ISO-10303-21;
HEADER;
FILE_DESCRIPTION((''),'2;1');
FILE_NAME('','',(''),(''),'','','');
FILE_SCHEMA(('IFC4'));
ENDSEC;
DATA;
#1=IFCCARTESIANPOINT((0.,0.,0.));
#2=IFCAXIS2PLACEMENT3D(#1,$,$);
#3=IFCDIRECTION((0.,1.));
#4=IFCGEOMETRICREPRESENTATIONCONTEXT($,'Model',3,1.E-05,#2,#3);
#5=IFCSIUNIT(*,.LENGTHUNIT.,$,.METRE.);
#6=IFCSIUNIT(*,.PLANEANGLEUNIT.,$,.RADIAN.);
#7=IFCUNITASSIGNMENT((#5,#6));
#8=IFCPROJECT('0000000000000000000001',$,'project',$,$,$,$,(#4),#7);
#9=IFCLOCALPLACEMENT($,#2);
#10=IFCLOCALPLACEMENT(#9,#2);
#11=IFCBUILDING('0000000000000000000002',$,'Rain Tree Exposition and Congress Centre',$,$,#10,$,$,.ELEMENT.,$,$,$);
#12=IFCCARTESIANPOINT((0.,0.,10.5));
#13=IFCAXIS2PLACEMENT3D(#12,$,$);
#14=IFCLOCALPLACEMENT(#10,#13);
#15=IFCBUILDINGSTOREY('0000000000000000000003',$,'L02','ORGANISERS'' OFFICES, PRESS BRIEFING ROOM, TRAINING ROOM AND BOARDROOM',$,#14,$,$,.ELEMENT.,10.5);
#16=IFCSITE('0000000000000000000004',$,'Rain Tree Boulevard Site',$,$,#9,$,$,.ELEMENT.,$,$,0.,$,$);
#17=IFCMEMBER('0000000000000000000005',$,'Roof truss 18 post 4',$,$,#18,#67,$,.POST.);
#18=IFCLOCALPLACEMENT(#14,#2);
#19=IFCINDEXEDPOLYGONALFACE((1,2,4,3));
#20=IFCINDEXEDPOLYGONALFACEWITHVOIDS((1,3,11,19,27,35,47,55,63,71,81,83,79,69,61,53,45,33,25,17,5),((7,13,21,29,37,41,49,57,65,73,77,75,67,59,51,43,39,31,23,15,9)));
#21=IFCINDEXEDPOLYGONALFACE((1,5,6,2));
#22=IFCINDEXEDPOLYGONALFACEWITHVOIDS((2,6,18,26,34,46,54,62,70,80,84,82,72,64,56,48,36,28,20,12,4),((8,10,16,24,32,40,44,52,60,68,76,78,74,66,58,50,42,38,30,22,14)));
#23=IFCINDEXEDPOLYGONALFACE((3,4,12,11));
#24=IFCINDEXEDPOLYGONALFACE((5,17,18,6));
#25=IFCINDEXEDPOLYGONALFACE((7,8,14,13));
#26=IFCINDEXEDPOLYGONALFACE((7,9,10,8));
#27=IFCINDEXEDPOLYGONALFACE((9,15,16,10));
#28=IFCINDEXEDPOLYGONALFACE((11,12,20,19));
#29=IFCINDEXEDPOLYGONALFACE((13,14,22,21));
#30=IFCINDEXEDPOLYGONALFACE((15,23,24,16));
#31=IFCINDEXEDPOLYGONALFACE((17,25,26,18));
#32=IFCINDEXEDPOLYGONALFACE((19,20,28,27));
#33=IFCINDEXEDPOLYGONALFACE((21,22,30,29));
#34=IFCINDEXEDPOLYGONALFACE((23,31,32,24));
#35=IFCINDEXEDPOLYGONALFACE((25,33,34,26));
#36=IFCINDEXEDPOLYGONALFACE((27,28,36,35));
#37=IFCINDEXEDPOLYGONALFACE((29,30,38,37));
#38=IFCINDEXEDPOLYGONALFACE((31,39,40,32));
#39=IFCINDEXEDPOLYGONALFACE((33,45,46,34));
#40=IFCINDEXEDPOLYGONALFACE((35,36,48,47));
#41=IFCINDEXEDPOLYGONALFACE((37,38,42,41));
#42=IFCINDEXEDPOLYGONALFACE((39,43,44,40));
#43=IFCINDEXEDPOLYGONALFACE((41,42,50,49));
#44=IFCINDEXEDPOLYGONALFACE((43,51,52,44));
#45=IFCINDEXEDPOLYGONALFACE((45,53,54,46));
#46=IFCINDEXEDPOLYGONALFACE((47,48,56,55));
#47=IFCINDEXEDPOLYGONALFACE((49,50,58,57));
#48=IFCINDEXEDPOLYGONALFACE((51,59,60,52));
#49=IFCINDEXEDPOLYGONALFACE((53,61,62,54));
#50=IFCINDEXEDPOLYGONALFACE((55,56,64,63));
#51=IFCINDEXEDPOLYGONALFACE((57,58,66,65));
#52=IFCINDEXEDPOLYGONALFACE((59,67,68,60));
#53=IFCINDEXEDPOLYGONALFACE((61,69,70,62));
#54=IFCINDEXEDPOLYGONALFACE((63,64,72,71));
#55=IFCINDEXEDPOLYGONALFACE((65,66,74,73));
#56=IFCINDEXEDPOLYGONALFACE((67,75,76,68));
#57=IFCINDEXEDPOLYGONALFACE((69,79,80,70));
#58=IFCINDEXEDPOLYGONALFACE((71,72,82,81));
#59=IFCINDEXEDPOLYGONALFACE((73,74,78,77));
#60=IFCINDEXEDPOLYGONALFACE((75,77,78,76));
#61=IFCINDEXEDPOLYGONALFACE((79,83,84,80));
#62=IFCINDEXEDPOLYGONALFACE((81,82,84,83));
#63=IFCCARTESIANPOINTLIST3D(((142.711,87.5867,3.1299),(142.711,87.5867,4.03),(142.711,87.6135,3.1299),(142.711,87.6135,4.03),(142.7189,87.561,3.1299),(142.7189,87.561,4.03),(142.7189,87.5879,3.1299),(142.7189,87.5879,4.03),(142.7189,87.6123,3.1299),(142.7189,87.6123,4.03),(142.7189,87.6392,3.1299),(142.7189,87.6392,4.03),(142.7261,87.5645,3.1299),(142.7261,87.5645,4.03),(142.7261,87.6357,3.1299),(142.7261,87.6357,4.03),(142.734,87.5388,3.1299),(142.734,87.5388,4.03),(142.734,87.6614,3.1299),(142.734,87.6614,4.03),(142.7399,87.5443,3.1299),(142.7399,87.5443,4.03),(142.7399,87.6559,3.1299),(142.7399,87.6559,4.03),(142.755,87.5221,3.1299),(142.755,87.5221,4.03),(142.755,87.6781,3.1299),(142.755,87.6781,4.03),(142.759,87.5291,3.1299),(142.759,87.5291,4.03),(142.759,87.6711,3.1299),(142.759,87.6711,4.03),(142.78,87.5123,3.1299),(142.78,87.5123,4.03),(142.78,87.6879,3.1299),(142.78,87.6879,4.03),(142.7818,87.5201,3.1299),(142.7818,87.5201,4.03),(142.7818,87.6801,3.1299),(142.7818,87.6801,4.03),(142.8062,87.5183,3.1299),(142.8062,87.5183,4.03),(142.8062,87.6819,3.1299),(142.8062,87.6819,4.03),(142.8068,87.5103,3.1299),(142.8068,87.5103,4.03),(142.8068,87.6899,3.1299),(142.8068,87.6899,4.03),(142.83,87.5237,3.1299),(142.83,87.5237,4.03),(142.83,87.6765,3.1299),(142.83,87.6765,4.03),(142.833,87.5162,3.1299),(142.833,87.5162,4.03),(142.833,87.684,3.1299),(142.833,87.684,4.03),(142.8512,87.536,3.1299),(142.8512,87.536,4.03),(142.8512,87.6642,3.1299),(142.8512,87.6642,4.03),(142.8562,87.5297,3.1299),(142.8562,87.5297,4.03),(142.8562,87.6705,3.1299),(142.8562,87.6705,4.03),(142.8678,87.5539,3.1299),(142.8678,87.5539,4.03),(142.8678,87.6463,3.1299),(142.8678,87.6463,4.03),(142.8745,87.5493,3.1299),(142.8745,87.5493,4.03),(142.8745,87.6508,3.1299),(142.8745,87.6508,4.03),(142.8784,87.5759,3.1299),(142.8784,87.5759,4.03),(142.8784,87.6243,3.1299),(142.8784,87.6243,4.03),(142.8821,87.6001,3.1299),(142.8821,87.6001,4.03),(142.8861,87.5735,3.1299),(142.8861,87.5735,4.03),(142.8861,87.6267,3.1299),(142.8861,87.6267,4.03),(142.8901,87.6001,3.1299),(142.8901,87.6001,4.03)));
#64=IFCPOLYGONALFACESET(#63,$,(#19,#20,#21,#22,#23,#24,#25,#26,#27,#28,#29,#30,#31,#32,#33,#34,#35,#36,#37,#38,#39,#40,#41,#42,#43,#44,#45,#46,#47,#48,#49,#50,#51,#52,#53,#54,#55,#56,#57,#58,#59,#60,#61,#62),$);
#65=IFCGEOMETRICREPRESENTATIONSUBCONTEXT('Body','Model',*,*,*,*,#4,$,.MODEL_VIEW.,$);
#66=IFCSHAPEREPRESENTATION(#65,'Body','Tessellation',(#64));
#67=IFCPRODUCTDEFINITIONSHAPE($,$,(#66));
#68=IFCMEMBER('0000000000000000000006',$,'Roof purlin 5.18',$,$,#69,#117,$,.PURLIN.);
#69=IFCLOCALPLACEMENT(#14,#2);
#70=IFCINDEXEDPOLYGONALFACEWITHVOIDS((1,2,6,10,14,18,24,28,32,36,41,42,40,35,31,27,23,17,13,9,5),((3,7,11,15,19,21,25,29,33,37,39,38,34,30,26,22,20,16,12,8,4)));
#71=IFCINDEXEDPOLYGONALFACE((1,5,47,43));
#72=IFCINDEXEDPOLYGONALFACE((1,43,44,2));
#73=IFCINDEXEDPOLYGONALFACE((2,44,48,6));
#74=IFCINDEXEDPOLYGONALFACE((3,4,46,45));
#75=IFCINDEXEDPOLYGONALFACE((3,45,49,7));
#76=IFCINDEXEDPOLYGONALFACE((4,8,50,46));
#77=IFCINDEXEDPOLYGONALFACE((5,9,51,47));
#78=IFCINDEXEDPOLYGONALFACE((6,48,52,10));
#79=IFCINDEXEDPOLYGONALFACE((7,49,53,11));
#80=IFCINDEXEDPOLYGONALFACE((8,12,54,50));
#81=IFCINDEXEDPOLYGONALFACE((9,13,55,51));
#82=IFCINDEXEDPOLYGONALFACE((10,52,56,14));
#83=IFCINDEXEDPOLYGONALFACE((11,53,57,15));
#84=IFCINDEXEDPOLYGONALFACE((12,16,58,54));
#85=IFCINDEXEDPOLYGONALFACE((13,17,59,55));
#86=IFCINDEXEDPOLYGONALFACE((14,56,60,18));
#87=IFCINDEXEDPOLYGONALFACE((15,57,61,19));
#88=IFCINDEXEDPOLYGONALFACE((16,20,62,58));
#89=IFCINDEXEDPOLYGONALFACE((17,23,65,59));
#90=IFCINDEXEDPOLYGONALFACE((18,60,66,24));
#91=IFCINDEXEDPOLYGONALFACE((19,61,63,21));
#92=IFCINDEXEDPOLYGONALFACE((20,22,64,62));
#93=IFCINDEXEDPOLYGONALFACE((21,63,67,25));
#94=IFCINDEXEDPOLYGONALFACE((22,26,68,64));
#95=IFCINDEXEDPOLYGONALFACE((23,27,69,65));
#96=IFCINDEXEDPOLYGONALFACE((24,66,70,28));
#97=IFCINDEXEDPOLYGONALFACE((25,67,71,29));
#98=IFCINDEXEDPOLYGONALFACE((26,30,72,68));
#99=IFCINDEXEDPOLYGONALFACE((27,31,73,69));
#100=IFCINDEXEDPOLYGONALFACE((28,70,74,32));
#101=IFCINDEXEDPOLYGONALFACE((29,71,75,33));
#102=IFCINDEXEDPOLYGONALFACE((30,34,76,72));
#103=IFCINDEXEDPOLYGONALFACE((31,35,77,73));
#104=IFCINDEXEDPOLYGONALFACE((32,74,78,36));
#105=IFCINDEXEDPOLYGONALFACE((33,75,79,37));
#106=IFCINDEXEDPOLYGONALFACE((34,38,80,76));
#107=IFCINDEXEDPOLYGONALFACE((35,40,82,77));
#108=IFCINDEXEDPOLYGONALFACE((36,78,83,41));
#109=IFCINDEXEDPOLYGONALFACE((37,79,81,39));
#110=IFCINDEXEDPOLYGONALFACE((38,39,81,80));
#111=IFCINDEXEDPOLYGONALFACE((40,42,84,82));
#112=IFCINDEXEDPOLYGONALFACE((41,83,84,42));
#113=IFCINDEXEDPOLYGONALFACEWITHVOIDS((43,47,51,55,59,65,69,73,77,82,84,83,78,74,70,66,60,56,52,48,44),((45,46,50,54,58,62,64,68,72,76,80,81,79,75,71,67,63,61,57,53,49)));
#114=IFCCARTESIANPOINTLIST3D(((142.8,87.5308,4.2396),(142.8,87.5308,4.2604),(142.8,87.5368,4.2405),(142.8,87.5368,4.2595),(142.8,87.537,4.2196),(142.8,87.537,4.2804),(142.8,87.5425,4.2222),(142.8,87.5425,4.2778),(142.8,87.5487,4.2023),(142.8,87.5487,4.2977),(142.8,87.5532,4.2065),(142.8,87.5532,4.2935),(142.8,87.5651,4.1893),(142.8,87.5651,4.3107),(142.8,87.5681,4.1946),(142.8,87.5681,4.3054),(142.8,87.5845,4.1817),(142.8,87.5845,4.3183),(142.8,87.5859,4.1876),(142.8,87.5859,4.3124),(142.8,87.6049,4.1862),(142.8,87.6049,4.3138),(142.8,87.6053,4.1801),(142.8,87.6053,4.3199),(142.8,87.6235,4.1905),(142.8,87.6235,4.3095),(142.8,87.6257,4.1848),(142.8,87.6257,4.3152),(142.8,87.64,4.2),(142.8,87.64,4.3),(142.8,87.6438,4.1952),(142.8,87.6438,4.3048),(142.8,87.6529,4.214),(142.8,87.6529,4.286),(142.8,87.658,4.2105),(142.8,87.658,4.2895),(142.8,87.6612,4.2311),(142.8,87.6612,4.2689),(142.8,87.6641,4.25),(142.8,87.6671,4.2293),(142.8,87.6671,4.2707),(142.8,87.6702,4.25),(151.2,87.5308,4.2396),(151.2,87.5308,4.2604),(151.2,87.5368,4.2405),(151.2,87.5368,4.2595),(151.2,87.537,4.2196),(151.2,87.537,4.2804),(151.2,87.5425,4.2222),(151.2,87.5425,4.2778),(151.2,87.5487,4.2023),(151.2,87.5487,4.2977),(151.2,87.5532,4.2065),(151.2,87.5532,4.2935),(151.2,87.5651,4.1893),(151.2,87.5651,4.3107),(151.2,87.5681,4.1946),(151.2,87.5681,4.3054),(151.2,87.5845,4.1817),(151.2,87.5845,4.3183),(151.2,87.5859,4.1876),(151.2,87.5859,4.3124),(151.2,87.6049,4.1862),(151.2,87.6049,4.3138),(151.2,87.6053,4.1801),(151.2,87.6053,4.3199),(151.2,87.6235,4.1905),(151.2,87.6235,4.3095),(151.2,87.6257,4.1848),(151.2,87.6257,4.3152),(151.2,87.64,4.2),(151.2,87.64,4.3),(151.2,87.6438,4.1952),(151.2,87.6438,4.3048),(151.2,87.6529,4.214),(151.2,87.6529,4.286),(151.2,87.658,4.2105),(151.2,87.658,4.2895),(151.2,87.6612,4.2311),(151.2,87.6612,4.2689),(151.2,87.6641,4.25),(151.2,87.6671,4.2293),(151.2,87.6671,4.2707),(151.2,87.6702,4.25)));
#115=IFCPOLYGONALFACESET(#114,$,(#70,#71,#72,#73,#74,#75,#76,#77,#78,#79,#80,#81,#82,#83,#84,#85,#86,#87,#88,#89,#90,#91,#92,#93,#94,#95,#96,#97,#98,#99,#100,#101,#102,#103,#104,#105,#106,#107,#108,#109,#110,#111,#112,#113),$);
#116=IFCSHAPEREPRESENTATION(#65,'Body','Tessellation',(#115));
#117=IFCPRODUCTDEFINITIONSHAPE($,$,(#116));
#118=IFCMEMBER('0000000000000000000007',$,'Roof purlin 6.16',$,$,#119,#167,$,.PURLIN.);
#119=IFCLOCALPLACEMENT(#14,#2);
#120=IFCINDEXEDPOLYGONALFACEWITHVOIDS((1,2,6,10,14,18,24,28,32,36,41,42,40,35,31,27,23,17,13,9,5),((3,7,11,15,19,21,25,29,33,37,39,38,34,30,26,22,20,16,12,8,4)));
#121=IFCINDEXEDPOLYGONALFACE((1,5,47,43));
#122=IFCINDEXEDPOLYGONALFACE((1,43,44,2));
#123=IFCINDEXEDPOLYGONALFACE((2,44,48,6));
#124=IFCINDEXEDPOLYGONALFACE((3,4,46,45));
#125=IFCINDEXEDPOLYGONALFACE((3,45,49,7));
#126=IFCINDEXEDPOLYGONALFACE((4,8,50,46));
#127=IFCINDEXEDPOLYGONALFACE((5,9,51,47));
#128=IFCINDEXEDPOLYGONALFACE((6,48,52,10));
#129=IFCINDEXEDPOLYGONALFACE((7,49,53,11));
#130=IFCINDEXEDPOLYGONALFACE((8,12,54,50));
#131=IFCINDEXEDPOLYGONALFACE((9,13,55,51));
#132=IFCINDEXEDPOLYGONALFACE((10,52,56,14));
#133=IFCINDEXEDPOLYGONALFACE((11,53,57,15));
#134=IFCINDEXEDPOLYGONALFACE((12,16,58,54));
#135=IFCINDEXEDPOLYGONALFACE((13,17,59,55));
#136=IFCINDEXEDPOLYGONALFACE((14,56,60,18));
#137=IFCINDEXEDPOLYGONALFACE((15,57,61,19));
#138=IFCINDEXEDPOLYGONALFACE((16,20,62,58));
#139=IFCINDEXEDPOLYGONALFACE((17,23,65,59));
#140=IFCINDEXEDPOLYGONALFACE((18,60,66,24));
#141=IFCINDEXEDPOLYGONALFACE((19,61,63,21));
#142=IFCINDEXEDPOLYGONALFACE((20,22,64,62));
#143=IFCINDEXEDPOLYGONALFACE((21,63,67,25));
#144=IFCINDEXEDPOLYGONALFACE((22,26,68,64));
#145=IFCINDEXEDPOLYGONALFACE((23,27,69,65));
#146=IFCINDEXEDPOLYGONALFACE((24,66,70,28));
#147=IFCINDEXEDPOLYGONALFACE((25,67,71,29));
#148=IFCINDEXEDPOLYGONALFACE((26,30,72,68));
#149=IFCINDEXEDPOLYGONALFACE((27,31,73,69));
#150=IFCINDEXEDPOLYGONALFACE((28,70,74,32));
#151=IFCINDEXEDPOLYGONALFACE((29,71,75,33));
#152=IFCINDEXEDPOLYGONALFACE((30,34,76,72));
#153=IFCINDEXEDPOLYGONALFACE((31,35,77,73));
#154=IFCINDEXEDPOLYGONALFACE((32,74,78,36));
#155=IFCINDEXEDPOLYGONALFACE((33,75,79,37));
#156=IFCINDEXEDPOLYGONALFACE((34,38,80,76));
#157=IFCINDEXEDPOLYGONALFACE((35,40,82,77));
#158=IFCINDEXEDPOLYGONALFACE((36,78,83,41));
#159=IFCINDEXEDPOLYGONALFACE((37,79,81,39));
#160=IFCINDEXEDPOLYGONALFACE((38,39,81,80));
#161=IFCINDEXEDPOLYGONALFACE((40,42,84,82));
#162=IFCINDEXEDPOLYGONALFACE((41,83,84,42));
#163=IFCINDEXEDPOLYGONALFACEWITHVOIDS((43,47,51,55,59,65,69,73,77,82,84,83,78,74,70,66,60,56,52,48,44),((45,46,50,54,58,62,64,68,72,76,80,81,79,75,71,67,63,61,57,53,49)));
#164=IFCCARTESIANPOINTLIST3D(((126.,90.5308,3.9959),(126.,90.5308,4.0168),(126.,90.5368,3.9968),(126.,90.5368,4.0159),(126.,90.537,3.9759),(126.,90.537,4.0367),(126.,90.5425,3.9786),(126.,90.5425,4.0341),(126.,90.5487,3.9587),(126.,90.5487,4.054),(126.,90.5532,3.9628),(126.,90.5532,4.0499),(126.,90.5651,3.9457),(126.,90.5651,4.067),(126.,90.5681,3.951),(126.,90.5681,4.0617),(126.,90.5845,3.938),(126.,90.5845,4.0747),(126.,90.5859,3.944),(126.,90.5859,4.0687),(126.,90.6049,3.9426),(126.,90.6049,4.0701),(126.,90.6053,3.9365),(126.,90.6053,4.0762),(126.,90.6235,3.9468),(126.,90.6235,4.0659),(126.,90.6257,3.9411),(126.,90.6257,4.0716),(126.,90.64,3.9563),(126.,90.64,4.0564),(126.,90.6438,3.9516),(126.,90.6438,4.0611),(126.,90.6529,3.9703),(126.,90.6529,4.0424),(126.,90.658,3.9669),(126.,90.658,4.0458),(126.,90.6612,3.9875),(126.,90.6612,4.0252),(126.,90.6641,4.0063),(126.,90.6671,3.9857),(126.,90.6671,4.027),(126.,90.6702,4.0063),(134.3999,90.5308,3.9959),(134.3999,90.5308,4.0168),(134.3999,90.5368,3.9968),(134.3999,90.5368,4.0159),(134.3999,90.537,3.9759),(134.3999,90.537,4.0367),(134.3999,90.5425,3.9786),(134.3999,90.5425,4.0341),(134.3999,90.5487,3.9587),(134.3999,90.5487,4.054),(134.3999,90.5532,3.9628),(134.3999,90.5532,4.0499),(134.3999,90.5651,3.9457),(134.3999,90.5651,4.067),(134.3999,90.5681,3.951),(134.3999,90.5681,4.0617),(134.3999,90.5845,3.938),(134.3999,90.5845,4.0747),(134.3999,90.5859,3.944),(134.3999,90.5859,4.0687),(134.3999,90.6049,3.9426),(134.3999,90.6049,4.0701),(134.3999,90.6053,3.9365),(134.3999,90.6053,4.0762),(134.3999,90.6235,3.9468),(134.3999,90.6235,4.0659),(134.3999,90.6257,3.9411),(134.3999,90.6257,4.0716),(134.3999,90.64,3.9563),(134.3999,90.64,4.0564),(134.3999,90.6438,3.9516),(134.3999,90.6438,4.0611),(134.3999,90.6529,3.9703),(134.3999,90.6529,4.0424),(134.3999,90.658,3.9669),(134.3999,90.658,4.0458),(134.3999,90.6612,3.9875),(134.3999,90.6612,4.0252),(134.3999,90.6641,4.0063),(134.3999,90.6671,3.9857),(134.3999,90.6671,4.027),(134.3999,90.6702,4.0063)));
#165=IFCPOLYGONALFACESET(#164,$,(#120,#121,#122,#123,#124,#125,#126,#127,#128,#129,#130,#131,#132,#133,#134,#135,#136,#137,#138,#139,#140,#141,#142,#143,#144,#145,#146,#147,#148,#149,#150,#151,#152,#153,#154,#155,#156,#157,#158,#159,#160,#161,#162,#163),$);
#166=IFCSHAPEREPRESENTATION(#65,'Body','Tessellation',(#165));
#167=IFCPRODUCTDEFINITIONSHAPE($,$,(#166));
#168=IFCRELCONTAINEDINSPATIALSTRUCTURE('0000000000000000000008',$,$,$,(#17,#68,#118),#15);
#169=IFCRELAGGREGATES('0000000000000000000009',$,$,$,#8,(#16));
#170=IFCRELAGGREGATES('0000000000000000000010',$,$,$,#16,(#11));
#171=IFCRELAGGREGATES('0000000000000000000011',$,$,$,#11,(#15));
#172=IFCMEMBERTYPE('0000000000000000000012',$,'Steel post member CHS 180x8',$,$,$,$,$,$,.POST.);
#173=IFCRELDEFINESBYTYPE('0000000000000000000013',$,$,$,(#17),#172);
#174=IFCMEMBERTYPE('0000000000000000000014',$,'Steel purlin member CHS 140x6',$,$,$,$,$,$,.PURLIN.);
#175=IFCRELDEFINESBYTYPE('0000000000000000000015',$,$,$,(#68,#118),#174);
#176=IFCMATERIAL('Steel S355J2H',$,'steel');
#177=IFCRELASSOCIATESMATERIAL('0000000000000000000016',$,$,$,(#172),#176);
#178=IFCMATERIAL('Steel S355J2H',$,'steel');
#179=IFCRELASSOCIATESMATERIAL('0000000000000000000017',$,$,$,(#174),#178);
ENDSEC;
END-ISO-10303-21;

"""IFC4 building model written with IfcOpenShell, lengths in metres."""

from ifc_helpers import new_model, si_unit, direction, frame, origin, origin_2d, place, context, subcontext, project, spatial, hollow_circle, extrude, material, material_profile, profile_set, type_object, element, save


model = new_model("IFC4")

# Units and contexts
model_context = context("Model", 3, precision=1e-05, world=origin(), true_north=direction((0.0, 1.0)))
body_context = subcontext(model_context, "Body", "Model", "MODEL_VIEW")
ifc_project = project(units=[si_unit("LENGTHUNIT", "METRE"), si_unit("PLANEANGLEUNIT", "RADIAN")], contexts=[model_context])

# Site, building, storey
site_placement = place(None, origin())
site = spatial("IfcSite", under=ifc_project, at=site_placement, Name="Rain Tree Boulevard Site", CompositionType="ELEMENT", RefElevation=0.0)
building_placement = place(site_placement, origin())
building = spatial("IfcBuilding", under=site, at=building_placement, Name="Rain Tree Exposition and Congress Centre", CompositionType="ELEMENT")
storey_placement = place(building_placement, frame((0.0, 0.0, 10.5)))
storey = spatial("IfcBuildingStorey", under=building, at=storey_placement, Name="L02", Description="ORGANISERS' OFFICES, PRESS BRIEFING ROOM, TRAINING ROOM AND BOARDROOM", CompositionType="ELEMENT", Elevation=10.5)

# Members
ifc_material_1 = material(Name="Steel S355J2H", Category="steel")
ifc_material_profile_1 = material_profile(ifc_material_1, hollow_circle(Radius=0.0901, WallThickness=0.0081, at=origin_2d()), Name="CHS 180x8")
ifc_profile_set_1 = profile_set([ifc_material_profile_1], Name="Steel S355J2H")
member_type_1 = type_object("IfcMemberType", Name="Steel post member CHS 180x8", PredefinedType="POST", material=ifc_profile_set_1)
member_1_placement = place(storey_placement, frame((142.8, 87.6001, 3.1299), z_axis=(0.0, 0.0, 1.0), x_axis=(1.0, 0.0, 0.0)))
element("IfcMember", 1, at=member_1_placement, inside=storey, type_object=member_type_1, Name="Roof truss 18 post 4", PredefinedType="POST", context=body_context, shape_type="SweptSolid", body=[
    extrude(hollow_circle(Radius=0.0901, WallThickness=0.0081, at=origin_2d()), origin(), (0.0, 0.0, 1.0), 0.9001),
])
ifc_material_2 = material(Name="Steel S355J2H", Category="steel")
ifc_material_profile_2 = material_profile(ifc_material_2, hollow_circle(Radius=0.0701, WallThickness=0.0061, at=origin_2d()), Name="CHS 140x6")
ifc_profile_set_2 = profile_set([ifc_material_profile_2], Name="Steel S355J2H")
member_type_2 = type_object("IfcMemberType", Name="Steel purlin member CHS 140x6", PredefinedType="PURLIN", material=ifc_profile_set_2)
for number, where, z_axis, x_axis, name in (
    (2, (142.8, 87.6001, 4.25), (1.0, 0.0, 0.0), (0.0, 1.0, 0.0), "Roof purlin 5.18"),
    (3, (126.0, 90.6001, 4.0063), (1.0, 0.0, 0.0), (0.0, 1.0, 0.0), "Roof purlin 6.16"),
):
    element("IfcMember", number, at=place(storey_placement, frame(where, z_axis=z_axis, x_axis=x_axis)), inside=storey, type_object=member_type_2, Name=name, PredefinedType="PURLIN", context=body_context, shape_type="SweptSolid", body=[
        extrude(hollow_circle(Radius=0.0701, WallThickness=0.0061, at=origin_2d()), origin(), (0.0, 0.0, 1.0), 8.3999),
    ])

save(model, "model.ifc")
